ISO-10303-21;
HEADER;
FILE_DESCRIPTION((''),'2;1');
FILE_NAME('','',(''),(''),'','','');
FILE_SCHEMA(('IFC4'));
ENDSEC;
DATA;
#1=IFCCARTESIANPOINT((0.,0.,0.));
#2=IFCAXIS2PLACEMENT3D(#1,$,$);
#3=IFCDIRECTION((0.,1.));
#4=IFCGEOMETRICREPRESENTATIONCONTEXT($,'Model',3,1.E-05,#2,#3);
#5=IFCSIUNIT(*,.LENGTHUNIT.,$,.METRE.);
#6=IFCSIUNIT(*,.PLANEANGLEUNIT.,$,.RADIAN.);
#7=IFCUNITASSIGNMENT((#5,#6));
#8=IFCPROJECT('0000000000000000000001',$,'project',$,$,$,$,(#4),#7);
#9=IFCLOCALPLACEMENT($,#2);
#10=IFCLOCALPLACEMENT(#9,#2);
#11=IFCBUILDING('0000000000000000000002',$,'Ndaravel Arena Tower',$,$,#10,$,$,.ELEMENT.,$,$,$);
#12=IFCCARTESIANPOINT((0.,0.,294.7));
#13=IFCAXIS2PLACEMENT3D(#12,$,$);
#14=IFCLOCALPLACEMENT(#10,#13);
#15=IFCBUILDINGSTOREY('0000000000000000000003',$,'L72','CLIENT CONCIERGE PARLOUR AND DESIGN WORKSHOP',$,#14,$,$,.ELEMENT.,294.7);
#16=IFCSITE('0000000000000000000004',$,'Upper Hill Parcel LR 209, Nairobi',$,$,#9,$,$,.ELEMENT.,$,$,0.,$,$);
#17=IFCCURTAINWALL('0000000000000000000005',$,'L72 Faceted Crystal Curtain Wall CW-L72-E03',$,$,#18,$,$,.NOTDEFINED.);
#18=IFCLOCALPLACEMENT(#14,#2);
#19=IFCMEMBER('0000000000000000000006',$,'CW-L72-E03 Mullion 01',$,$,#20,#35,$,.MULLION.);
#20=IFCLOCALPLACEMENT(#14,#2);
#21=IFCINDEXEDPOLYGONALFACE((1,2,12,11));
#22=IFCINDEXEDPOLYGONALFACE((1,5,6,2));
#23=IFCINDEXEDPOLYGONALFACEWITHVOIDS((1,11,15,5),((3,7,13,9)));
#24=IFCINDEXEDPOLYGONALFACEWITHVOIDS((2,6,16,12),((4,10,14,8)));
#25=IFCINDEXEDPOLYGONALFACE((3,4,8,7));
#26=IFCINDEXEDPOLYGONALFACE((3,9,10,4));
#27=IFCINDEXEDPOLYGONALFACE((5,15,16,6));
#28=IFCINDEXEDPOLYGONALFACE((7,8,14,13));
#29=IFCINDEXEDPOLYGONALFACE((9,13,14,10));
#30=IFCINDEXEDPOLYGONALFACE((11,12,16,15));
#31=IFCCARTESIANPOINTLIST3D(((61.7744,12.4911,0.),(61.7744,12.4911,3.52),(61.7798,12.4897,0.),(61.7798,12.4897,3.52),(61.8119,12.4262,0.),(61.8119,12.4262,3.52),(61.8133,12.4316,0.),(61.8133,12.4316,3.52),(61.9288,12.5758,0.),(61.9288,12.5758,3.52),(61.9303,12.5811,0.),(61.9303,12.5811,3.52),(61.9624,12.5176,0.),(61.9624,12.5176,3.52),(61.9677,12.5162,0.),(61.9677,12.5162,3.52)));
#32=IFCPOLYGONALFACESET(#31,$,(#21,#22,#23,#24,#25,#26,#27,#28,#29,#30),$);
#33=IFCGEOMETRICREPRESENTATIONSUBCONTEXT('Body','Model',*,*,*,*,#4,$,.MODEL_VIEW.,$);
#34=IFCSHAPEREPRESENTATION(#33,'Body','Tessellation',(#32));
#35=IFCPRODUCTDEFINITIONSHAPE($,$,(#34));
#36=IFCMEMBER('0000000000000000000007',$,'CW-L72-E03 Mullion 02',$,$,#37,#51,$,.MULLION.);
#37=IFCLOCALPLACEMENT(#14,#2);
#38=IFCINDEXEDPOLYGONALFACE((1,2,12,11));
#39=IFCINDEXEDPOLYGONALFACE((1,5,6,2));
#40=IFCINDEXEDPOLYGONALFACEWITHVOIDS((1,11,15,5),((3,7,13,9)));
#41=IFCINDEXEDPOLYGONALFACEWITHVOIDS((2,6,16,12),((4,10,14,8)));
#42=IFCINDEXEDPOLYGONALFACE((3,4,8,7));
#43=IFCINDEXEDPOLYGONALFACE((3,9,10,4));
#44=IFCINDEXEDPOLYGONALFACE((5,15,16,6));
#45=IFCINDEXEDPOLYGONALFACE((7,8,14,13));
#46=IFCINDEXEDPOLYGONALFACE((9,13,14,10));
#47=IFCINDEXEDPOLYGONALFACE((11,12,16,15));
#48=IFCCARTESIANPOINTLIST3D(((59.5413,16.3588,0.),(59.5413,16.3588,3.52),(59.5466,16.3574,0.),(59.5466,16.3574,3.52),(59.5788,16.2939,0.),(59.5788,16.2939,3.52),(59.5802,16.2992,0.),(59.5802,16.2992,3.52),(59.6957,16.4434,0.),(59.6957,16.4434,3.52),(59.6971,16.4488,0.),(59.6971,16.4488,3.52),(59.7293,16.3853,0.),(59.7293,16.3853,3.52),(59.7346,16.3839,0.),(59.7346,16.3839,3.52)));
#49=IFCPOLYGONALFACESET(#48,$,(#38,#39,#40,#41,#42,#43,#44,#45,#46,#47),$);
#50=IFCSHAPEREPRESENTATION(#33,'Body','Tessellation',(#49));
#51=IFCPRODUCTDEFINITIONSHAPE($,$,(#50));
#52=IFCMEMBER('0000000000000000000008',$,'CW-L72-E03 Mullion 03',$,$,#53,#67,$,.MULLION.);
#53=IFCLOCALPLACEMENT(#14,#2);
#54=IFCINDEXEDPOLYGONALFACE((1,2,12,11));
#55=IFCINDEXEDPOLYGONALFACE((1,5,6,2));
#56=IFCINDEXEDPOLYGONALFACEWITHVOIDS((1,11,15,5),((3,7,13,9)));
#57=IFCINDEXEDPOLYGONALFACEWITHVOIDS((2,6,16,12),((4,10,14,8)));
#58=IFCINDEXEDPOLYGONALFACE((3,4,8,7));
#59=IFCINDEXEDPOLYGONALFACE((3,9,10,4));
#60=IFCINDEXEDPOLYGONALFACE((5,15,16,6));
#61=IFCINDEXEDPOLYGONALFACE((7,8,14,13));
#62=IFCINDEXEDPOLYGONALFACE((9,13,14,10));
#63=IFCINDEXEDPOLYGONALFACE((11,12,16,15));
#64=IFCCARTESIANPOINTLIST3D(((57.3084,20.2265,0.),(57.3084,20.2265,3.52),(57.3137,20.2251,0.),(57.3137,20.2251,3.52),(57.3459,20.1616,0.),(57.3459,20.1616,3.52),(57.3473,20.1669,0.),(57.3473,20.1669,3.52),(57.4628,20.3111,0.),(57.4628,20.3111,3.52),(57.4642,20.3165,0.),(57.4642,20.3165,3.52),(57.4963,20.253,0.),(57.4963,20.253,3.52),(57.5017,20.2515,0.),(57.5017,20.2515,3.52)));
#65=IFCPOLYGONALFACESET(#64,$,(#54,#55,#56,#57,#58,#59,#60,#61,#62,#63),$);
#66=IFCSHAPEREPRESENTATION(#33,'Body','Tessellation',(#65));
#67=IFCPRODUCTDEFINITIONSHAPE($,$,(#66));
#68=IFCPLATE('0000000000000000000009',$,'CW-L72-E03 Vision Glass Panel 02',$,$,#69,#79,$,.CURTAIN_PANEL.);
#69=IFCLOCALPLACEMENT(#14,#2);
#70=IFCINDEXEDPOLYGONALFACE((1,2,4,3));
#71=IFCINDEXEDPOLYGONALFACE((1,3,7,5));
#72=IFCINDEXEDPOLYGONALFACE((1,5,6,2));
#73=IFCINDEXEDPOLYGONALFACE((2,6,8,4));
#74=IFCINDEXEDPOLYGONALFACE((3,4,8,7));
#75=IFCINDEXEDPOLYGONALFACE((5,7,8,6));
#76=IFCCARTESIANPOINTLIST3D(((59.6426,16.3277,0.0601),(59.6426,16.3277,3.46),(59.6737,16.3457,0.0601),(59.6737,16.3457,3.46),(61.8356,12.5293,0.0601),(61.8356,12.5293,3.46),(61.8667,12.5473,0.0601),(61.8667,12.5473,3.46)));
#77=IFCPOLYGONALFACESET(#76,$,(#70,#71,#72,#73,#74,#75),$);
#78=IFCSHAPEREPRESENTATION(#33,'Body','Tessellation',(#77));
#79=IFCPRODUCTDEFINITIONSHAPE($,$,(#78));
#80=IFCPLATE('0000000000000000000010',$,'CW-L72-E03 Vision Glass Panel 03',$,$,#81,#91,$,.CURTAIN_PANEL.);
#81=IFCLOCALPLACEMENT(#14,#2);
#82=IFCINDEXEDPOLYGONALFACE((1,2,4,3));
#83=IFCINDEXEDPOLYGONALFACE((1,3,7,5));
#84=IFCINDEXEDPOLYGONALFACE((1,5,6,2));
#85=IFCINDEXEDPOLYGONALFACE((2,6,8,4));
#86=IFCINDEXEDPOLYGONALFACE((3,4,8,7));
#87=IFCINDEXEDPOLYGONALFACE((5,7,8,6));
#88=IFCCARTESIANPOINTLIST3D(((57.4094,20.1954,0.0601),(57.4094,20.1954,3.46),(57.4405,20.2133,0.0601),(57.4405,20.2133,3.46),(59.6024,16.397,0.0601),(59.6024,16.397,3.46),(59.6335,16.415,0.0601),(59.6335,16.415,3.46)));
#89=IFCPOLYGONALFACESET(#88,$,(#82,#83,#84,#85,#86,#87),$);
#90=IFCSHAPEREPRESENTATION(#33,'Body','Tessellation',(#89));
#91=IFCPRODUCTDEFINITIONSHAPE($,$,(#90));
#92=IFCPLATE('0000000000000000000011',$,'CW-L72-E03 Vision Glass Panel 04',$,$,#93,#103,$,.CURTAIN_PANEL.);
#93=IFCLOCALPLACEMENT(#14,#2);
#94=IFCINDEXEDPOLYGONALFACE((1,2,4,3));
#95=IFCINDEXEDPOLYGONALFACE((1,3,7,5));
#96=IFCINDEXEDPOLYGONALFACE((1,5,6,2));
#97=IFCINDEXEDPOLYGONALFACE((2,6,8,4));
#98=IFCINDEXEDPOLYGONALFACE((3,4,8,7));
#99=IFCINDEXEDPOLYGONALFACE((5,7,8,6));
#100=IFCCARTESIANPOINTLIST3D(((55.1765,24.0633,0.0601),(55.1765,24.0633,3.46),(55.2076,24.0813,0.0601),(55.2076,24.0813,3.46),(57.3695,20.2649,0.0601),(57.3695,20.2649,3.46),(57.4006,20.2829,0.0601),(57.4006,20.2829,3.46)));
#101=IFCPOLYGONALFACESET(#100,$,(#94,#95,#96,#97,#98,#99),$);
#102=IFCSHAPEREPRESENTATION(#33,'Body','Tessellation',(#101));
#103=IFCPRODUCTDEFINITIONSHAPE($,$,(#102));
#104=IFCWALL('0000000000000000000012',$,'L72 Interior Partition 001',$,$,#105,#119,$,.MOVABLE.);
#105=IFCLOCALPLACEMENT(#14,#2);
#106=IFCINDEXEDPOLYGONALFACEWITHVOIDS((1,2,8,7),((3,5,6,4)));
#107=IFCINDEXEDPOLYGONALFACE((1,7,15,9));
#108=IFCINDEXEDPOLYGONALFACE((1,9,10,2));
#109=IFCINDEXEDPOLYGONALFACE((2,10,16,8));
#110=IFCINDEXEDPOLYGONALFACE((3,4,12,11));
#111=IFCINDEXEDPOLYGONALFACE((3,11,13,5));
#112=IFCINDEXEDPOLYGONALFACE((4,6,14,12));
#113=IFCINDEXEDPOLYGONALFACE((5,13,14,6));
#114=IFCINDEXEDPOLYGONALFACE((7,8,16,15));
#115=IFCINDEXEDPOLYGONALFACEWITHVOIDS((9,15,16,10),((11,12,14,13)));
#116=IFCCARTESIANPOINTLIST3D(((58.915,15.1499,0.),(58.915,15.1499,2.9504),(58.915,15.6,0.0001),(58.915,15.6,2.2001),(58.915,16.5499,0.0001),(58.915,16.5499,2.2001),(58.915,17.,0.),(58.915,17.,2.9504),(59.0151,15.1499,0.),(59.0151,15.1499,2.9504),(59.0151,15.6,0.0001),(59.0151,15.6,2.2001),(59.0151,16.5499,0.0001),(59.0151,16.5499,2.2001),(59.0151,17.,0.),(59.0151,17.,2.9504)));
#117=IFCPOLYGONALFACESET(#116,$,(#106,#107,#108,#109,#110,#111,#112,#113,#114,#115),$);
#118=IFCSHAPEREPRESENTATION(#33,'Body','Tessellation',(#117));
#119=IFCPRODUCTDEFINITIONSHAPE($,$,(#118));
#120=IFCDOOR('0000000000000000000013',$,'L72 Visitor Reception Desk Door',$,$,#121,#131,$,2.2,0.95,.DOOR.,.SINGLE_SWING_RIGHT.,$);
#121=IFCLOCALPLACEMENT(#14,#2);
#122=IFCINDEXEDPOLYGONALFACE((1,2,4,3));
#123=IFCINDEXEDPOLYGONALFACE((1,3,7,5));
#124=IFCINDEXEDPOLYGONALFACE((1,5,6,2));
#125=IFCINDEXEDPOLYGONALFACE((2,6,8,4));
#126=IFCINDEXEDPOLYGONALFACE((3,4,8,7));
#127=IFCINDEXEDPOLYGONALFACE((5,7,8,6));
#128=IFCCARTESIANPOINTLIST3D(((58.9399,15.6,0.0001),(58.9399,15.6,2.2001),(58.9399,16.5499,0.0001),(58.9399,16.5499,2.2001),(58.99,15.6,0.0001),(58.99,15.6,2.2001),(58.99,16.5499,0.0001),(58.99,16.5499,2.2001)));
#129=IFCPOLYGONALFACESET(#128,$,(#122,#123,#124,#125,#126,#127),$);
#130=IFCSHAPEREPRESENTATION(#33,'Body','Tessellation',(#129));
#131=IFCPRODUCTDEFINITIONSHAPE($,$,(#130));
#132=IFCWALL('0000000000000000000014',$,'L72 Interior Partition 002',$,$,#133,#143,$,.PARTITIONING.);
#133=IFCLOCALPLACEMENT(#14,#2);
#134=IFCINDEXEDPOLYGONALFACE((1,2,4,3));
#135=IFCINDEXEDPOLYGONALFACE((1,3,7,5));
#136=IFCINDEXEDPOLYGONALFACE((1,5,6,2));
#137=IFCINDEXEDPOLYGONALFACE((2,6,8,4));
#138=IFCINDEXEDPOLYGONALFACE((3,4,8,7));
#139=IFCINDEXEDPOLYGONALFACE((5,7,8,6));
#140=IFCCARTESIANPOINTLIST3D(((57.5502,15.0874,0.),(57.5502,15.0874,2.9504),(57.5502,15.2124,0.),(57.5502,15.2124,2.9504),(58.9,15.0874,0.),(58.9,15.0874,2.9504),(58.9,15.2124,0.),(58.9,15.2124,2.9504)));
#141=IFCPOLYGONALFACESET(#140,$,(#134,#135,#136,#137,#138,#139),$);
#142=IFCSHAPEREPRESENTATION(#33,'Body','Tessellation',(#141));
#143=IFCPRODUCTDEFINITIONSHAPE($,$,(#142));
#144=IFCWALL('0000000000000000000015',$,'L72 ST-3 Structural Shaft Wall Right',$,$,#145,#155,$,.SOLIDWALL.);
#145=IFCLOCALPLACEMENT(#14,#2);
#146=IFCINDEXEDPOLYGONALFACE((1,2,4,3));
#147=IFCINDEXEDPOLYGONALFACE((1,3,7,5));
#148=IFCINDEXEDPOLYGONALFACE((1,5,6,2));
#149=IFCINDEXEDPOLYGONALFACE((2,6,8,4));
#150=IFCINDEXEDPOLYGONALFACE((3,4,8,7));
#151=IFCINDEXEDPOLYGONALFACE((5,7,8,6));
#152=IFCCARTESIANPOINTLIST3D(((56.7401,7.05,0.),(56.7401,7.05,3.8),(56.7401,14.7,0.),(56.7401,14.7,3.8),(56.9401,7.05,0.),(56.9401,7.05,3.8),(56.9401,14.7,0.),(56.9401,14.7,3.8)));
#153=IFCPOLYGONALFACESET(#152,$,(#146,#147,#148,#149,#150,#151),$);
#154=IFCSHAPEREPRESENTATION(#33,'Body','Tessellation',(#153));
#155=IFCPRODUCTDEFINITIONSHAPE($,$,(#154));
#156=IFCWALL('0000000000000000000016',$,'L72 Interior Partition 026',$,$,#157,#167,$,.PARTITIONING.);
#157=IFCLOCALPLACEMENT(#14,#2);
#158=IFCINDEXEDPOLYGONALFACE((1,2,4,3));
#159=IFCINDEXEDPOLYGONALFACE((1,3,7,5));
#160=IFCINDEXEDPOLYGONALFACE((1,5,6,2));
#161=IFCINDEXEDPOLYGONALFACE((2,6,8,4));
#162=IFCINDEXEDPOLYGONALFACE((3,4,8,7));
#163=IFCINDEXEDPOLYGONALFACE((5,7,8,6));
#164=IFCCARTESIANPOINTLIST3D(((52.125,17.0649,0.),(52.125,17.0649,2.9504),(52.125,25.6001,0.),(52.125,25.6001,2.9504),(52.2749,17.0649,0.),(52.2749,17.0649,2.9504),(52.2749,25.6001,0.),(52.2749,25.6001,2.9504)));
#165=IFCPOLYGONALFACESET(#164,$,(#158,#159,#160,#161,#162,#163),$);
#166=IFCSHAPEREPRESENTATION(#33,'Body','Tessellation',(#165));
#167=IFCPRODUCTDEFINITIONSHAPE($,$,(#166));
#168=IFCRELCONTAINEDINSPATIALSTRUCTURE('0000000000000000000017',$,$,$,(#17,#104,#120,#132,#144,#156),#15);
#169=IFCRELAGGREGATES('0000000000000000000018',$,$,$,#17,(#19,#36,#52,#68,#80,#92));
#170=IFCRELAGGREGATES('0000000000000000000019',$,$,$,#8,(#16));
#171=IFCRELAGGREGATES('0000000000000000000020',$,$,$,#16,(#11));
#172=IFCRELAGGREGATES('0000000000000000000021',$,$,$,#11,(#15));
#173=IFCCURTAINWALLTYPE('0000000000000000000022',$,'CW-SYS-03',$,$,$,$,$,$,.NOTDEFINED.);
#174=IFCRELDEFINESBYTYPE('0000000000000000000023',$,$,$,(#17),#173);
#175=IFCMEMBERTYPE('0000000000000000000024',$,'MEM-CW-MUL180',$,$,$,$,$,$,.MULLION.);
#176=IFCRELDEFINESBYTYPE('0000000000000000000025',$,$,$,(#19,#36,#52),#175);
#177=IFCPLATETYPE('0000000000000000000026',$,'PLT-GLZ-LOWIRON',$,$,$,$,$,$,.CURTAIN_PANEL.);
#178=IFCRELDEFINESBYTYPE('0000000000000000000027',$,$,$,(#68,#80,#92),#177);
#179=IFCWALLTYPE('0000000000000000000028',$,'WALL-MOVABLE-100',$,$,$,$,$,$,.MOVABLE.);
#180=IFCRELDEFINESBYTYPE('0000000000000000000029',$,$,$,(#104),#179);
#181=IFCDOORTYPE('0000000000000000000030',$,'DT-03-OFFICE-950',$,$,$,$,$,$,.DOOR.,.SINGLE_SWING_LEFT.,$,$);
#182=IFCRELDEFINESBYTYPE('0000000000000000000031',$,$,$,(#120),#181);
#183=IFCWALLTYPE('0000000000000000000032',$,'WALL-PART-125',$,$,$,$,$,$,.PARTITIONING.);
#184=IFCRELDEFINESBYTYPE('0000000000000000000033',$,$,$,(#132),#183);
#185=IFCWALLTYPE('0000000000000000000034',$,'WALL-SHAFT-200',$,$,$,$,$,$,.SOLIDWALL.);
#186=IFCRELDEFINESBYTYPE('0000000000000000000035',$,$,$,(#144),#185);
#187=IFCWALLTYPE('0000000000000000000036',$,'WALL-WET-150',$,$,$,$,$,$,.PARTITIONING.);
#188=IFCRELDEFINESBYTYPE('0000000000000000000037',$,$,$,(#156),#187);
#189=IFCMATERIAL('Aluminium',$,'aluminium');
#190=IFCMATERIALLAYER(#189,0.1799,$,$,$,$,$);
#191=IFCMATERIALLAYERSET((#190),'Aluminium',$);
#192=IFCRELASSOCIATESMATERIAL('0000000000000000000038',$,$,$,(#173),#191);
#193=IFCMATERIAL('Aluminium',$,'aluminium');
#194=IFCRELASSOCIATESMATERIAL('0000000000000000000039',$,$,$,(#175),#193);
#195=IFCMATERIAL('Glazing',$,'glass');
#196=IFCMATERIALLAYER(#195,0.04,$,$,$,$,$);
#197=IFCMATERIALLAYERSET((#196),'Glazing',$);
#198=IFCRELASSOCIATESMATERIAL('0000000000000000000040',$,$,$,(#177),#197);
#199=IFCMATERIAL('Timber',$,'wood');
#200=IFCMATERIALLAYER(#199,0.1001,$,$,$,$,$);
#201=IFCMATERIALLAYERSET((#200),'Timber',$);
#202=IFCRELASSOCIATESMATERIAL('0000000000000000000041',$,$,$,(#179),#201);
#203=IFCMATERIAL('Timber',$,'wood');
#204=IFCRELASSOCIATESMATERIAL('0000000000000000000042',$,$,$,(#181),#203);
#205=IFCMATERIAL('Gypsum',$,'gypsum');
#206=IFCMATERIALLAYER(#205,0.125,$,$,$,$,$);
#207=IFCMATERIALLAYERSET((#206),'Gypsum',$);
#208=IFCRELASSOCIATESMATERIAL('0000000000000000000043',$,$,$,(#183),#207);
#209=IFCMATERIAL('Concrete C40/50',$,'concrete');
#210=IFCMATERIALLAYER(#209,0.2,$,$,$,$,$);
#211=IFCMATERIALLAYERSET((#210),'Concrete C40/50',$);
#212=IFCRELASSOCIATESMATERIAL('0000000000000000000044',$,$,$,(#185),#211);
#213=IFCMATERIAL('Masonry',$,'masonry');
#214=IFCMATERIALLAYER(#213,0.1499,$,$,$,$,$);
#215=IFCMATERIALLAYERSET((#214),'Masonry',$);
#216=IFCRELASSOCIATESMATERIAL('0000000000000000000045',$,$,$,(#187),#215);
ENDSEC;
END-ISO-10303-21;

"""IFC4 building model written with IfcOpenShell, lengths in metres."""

from ifc_helpers import new_model, si_unit, direction, frame, frame_2d, origin, origin_2d, place, context, subcontext, project, spatial, rectangle, hollow_rectangle, extrude, material, layer, layer_set, material_profile, profile_set, type_object, element, fill, aggregate, save


model = new_model("IFC4")

# Units and contexts
model_context = context("Model", 3, precision=1e-05, world=origin(), true_north=direction((0.0, 1.0)))
body_context = subcontext(model_context, "Body", "Model", "MODEL_VIEW")
ifc_project = project(units=[si_unit("LENGTHUNIT", "METRE"), si_unit("PLANEANGLEUNIT", "RADIAN")], contexts=[model_context])

# Site, building, storey
site_placement = place(None, origin())
site = spatial("IfcSite", under=ifc_project, at=site_placement, Name="Upper Hill Parcel LR 209, Nairobi", CompositionType="ELEMENT", RefElevation=0.0)
building_placement = place(site_placement, origin())
building = spatial("IfcBuilding", under=site, at=building_placement, Name="Ndaravel Arena Tower", CompositionType="ELEMENT")
storey_placement = place(building_placement, frame((0.0, 0.0, 294.7)))
storey = spatial("IfcBuildingStorey", under=building, at=storey_placement, Name="L72", Description="CLIENT CONCIERGE PARLOUR AND DESIGN WORKSHOP", CompositionType="ELEMENT", Elevation=294.7)

# Curtain wall, members, plates
ifc_material_1 = material(Name="Aluminium", Category="aluminium")
ifc_layer_1 = layer(ifc_material_1, 0.1799)
ifc_layer_set_1 = layer_set([ifc_layer_1], Name="Aluminium")
curtain_wall_type = type_object("IfcCurtainWallType", Name="CW-SYS-03", PredefinedType="NOTDEFINED", material=ifc_layer_set_1)
curtain_wall_placement = place(storey_placement, origin())
curtain_wall = element("IfcCurtainWall", 1, at=curtain_wall_placement, inside=storey, type_object=curtain_wall_type, Name="L72 Faceted Crystal Curtain Wall CW-L72-E03", PredefinedType="NOTDEFINED")
ifc_material_2 = material(Name="Aluminium", Category="aluminium")
ifc_material_profile = material_profile(ifc_material_2, hollow_rectangle(XDim=0.075, YDim=0.1799, WallThickness=0.0039, at=origin_2d()), Name="CW MULLION 75x180x4")
ifc_profile_set = profile_set([ifc_material_profile], Name="Aluminium")
member_type = type_object("IfcMemberType", Name="MEM-CW-MUL180", PredefinedType="MULLION", material=ifc_profile_set)
member_1_placement = place(storey_placement, frame((61.8711, 12.5037, 0.0), z_axis=(0.0, 0.0, 1.0), x_axis=(-0.5, 0.866025, 0.0)))
member_1 = element("IfcMember", 2, at=member_1_placement, type_object=member_type, Name="CW-L72-E03 Mullion 01", PredefinedType="MULLION", context=body_context, shape_type="SweptSolid", body=[
    extrude(hollow_rectangle(XDim=0.075, YDim=0.1799, WallThickness=0.0039, at=origin_2d()), origin(), (0.0, 0.0, 1.0), 3.52),
])
member_2_placement = place(storey_placement, frame((59.6379, 16.3713, 0.0), z_axis=(0.0, 0.0, 1.0), x_axis=(-0.5, 0.866025, 0.0)))
member_2 = element("IfcMember", 3, at=member_2_placement, type_object=member_type, Name="CW-L72-E03 Mullion 02", PredefinedType="MULLION", context=body_context, shape_type="SweptSolid", body=[
    extrude(hollow_rectangle(XDim=0.075, YDim=0.1799, WallThickness=0.0039, at=origin_2d()), origin(), (0.0, 0.0, 1.0), 3.52),
])
member_3_placement = place(storey_placement, frame((57.405, 20.239, 0.0), z_axis=(0.0, 0.0, 1.0), x_axis=(-0.5, 0.866025, 0.0)))
member_3 = element("IfcMember", 4, at=member_3_placement, type_object=member_type, Name="CW-L72-E03 Mullion 03", PredefinedType="MULLION", context=body_context, shape_type="SweptSolid", body=[
    extrude(hollow_rectangle(XDim=0.075, YDim=0.1799, WallThickness=0.0039, at=origin_2d()), origin(), (0.0, 0.0, 1.0), 3.52),
])
ifc_material_3 = material(Name="Glazing", Category="glass")
ifc_layer_2 = layer(ifc_material_3, 0.04)
ifc_layer_set_2 = layer_set([ifc_layer_2], Name="Glazing")
plate_type = type_object("IfcPlateType", Name="PLT-GLZ-LOWIRON", PredefinedType="CURTAIN_PANEL", material=ifc_layer_set_2)
plate_1_placement = place(storey_placement, frame((60.7546, 14.4375, 0.0601), z_axis=(0.0, 0.0, 1.0), x_axis=(-0.5, 0.866025, 0.0)))
plate_1 = element("IfcPlate", 5, at=plate_1_placement, type_object=plate_type, Name="CW-L72-E03 Vision Glass Panel 02", PredefinedType="CURTAIN_PANEL", context=body_context, shape_type="SweptSolid", body=[
    extrude(rectangle(XDim=4.386, YDim=0.0359, at=origin_2d()), origin(), (0.0, 0.0, 1.0), 3.3999),
])
plate_2_placement = place(storey_placement, frame((58.5215, 18.3052, 0.0601), z_axis=(0.0, 0.0, 1.0), x_axis=(-0.5, 0.866025, 0.0)))
plate_2 = element("IfcPlate", 6, at=plate_2_placement, type_object=plate_type, Name="CW-L72-E03 Vision Glass Panel 03", PredefinedType="CURTAIN_PANEL", context=body_context, shape_type="SweptSolid", body=[
    extrude(rectangle(XDim=4.386, YDim=0.0359, at=origin_2d()), origin(), (0.0, 0.0, 1.0), 3.3999),
])
plate_3_placement = place(storey_placement, frame((56.2886, 22.1731, 0.0601), z_axis=(0.0, 0.0, 1.0), x_axis=(-0.5, 0.866025, 0.0)))
plate_3 = element("IfcPlate", 7, at=plate_3_placement, type_object=plate_type, Name="CW-L72-E03 Vision Glass Panel 04", PredefinedType="CURTAIN_PANEL", context=body_context, shape_type="SweptSolid", body=[
    extrude(rectangle(XDim=4.386, YDim=0.0359, at=origin_2d()), origin(), (0.0, 0.0, 1.0), 3.3999),
])
aggregate(curtain_wall, [member_1, member_2, member_3, plate_1, plate_2, plate_3])

# Wall, opening, door
ifc_material_4 = material(Name="Timber", Category="wood")
ifc_layer_3 = layer(ifc_material_4, 0.1001)
ifc_layer_set_3 = layer_set([ifc_layer_3], Name="Timber")
wall_type_1 = type_object("IfcWallType", Name="WALL-MOVABLE-100", PredefinedType="MOVABLE", material=ifc_layer_set_3)
wall_1_placement = place(storey_placement, frame((58.9651, 17.0, 0.0), z_axis=(0.0, 0.0, 1.0), x_axis=(0.0, -1.0, 0.0)))
wall_1 = element("IfcWall", 8, at=wall_1_placement, inside=storey, type_object=wall_type_1, Name="L72 Interior Partition 001", PredefinedType="MOVABLE", context=body_context, shape_type="SweptSolid", body=[
    extrude(rectangle(XDim=1.8501, YDim=0.1001, at=frame_2d((0.925, 0.0))), origin(), (0.0, 0.0, 1.0), 2.9504),
])
opening_placement = place(wall_1_placement, frame((0.45, 0.0, 0.0)))
opening = element("IfcOpeningElement", 9, at=opening_placement, cuts=wall_1, PredefinedType="OPENING", context=body_context, shape_type="SweptSolid", body=[
    extrude(rectangle(XDim=0.95, YDim=2.2, at=frame_2d((0.4751, 1.1001))), frame((0.0, 0.05, 0.0), z_axis=(0.0, -1.0, 0.0), x_axis=(1.0, 0.0, 0.0)), (0.0, 0.0, 1.0), 0.1001),
])
ifc_material_5 = material(Name="Timber", Category="wood")
door_type = type_object("IfcDoorType", Name="DT-03-OFFICE-950", OperationType="SINGLE_SWING_LEFT", PredefinedType="DOOR", material=ifc_material_5)
door_placement = place(opening_placement, origin())
door = element("IfcDoor", 10, at=door_placement, inside=storey, type_object=door_type, Name="L72 Visitor Reception Desk Door", OperationType="SINGLE_SWING_RIGHT", OverallHeight=2.2, OverallWidth=0.95, PredefinedType="DOOR", context=body_context, shape_type="SweptSolid", body=[
    extrude(rectangle(XDim=0.95, YDim=2.2, at=frame_2d((0.4751, 1.1001))), frame((0.0, 0.0249, 0.0), z_axis=(0.0, -1.0, 0.0), x_axis=(1.0, 0.0, 0.0)), (0.0, 0.0, 1.0), 0.05),
])
fill(opening, door)

# Walls
ifc_material_6 = material(Name="Gypsum", Category="gypsum")
ifc_layer_4 = layer(ifc_material_6, 0.125)
ifc_layer_set_4 = layer_set([ifc_layer_4], Name="Gypsum")
wall_type_2 = type_object("IfcWallType", Name="WALL-PART-125", PredefinedType="PARTITIONING", material=ifc_layer_set_4)
wall_2_placement = place(storey_placement, frame((58.8999, 15.1499, 0.0), z_axis=(0.0, 0.0, 1.0), x_axis=(-1.0, 0.0, 0.0)))
element("IfcWall", 11, at=wall_2_placement, inside=storey, type_object=wall_type_2, Name="L72 Interior Partition 002", PredefinedType="PARTITIONING", context=body_context, shape_type="SweptSolid", body=[
    extrude(rectangle(XDim=1.3499, YDim=0.125, at=frame_2d((0.6748, 0.0))), origin(), (0.0, 0.0, 1.0), 2.9504),
])
ifc_material_7 = material(Name="Concrete C40/50", Category="concrete")
ifc_layer_5 = layer(ifc_material_7, 0.2)
ifc_layer_set_5 = layer_set([ifc_layer_5], Name="Concrete C40/50")
wall_type_3 = type_object("IfcWallType", Name="WALL-SHAFT-200", PredefinedType="SOLIDWALL", material=ifc_layer_set_5)
wall_3_placement = place(storey_placement, frame((56.8401, 14.7, 0.0), z_axis=(0.0, 0.0, 1.0), x_axis=(0.0, -1.0, 0.0)))
element("IfcWall", 12, at=wall_3_placement, inside=storey, type_object=wall_type_3, Name="L72 ST-3 Structural Shaft Wall Right", PredefinedType="SOLIDWALL", context=body_context, shape_type="SweptSolid", body=[
    extrude(rectangle(XDim=7.6499, YDim=0.2, at=frame_2d((3.825, 0.0))), origin(), (0.0, 0.0, 1.0), 3.8),
])
ifc_material_8 = material(Name="Masonry", Category="masonry")
ifc_layer_6 = layer(ifc_material_8, 0.1499)
ifc_layer_set_6 = layer_set([ifc_layer_6], Name="Masonry")
wall_type_4 = type_object("IfcWallType", Name="WALL-WET-150", PredefinedType="PARTITIONING", material=ifc_layer_set_6)
wall_4_placement = place(storey_placement, frame((52.2, 17.0649, 0.0), z_axis=(0.0, 0.0, 1.0), x_axis=(0.0, 1.0, 0.0)))
element("IfcWall", 13, at=wall_4_placement, inside=storey, type_object=wall_type_4, Name="L72 Interior Partition 026", PredefinedType="PARTITIONING", context=body_context, shape_type="SweptSolid", body=[
    extrude(rectangle(XDim=8.5352, YDim=0.1499, at=frame_2d((4.2676, 0.0))), origin(), (0.0, 0.0, 1.0), 2.9504),
])

save(model, "model.ifc")
